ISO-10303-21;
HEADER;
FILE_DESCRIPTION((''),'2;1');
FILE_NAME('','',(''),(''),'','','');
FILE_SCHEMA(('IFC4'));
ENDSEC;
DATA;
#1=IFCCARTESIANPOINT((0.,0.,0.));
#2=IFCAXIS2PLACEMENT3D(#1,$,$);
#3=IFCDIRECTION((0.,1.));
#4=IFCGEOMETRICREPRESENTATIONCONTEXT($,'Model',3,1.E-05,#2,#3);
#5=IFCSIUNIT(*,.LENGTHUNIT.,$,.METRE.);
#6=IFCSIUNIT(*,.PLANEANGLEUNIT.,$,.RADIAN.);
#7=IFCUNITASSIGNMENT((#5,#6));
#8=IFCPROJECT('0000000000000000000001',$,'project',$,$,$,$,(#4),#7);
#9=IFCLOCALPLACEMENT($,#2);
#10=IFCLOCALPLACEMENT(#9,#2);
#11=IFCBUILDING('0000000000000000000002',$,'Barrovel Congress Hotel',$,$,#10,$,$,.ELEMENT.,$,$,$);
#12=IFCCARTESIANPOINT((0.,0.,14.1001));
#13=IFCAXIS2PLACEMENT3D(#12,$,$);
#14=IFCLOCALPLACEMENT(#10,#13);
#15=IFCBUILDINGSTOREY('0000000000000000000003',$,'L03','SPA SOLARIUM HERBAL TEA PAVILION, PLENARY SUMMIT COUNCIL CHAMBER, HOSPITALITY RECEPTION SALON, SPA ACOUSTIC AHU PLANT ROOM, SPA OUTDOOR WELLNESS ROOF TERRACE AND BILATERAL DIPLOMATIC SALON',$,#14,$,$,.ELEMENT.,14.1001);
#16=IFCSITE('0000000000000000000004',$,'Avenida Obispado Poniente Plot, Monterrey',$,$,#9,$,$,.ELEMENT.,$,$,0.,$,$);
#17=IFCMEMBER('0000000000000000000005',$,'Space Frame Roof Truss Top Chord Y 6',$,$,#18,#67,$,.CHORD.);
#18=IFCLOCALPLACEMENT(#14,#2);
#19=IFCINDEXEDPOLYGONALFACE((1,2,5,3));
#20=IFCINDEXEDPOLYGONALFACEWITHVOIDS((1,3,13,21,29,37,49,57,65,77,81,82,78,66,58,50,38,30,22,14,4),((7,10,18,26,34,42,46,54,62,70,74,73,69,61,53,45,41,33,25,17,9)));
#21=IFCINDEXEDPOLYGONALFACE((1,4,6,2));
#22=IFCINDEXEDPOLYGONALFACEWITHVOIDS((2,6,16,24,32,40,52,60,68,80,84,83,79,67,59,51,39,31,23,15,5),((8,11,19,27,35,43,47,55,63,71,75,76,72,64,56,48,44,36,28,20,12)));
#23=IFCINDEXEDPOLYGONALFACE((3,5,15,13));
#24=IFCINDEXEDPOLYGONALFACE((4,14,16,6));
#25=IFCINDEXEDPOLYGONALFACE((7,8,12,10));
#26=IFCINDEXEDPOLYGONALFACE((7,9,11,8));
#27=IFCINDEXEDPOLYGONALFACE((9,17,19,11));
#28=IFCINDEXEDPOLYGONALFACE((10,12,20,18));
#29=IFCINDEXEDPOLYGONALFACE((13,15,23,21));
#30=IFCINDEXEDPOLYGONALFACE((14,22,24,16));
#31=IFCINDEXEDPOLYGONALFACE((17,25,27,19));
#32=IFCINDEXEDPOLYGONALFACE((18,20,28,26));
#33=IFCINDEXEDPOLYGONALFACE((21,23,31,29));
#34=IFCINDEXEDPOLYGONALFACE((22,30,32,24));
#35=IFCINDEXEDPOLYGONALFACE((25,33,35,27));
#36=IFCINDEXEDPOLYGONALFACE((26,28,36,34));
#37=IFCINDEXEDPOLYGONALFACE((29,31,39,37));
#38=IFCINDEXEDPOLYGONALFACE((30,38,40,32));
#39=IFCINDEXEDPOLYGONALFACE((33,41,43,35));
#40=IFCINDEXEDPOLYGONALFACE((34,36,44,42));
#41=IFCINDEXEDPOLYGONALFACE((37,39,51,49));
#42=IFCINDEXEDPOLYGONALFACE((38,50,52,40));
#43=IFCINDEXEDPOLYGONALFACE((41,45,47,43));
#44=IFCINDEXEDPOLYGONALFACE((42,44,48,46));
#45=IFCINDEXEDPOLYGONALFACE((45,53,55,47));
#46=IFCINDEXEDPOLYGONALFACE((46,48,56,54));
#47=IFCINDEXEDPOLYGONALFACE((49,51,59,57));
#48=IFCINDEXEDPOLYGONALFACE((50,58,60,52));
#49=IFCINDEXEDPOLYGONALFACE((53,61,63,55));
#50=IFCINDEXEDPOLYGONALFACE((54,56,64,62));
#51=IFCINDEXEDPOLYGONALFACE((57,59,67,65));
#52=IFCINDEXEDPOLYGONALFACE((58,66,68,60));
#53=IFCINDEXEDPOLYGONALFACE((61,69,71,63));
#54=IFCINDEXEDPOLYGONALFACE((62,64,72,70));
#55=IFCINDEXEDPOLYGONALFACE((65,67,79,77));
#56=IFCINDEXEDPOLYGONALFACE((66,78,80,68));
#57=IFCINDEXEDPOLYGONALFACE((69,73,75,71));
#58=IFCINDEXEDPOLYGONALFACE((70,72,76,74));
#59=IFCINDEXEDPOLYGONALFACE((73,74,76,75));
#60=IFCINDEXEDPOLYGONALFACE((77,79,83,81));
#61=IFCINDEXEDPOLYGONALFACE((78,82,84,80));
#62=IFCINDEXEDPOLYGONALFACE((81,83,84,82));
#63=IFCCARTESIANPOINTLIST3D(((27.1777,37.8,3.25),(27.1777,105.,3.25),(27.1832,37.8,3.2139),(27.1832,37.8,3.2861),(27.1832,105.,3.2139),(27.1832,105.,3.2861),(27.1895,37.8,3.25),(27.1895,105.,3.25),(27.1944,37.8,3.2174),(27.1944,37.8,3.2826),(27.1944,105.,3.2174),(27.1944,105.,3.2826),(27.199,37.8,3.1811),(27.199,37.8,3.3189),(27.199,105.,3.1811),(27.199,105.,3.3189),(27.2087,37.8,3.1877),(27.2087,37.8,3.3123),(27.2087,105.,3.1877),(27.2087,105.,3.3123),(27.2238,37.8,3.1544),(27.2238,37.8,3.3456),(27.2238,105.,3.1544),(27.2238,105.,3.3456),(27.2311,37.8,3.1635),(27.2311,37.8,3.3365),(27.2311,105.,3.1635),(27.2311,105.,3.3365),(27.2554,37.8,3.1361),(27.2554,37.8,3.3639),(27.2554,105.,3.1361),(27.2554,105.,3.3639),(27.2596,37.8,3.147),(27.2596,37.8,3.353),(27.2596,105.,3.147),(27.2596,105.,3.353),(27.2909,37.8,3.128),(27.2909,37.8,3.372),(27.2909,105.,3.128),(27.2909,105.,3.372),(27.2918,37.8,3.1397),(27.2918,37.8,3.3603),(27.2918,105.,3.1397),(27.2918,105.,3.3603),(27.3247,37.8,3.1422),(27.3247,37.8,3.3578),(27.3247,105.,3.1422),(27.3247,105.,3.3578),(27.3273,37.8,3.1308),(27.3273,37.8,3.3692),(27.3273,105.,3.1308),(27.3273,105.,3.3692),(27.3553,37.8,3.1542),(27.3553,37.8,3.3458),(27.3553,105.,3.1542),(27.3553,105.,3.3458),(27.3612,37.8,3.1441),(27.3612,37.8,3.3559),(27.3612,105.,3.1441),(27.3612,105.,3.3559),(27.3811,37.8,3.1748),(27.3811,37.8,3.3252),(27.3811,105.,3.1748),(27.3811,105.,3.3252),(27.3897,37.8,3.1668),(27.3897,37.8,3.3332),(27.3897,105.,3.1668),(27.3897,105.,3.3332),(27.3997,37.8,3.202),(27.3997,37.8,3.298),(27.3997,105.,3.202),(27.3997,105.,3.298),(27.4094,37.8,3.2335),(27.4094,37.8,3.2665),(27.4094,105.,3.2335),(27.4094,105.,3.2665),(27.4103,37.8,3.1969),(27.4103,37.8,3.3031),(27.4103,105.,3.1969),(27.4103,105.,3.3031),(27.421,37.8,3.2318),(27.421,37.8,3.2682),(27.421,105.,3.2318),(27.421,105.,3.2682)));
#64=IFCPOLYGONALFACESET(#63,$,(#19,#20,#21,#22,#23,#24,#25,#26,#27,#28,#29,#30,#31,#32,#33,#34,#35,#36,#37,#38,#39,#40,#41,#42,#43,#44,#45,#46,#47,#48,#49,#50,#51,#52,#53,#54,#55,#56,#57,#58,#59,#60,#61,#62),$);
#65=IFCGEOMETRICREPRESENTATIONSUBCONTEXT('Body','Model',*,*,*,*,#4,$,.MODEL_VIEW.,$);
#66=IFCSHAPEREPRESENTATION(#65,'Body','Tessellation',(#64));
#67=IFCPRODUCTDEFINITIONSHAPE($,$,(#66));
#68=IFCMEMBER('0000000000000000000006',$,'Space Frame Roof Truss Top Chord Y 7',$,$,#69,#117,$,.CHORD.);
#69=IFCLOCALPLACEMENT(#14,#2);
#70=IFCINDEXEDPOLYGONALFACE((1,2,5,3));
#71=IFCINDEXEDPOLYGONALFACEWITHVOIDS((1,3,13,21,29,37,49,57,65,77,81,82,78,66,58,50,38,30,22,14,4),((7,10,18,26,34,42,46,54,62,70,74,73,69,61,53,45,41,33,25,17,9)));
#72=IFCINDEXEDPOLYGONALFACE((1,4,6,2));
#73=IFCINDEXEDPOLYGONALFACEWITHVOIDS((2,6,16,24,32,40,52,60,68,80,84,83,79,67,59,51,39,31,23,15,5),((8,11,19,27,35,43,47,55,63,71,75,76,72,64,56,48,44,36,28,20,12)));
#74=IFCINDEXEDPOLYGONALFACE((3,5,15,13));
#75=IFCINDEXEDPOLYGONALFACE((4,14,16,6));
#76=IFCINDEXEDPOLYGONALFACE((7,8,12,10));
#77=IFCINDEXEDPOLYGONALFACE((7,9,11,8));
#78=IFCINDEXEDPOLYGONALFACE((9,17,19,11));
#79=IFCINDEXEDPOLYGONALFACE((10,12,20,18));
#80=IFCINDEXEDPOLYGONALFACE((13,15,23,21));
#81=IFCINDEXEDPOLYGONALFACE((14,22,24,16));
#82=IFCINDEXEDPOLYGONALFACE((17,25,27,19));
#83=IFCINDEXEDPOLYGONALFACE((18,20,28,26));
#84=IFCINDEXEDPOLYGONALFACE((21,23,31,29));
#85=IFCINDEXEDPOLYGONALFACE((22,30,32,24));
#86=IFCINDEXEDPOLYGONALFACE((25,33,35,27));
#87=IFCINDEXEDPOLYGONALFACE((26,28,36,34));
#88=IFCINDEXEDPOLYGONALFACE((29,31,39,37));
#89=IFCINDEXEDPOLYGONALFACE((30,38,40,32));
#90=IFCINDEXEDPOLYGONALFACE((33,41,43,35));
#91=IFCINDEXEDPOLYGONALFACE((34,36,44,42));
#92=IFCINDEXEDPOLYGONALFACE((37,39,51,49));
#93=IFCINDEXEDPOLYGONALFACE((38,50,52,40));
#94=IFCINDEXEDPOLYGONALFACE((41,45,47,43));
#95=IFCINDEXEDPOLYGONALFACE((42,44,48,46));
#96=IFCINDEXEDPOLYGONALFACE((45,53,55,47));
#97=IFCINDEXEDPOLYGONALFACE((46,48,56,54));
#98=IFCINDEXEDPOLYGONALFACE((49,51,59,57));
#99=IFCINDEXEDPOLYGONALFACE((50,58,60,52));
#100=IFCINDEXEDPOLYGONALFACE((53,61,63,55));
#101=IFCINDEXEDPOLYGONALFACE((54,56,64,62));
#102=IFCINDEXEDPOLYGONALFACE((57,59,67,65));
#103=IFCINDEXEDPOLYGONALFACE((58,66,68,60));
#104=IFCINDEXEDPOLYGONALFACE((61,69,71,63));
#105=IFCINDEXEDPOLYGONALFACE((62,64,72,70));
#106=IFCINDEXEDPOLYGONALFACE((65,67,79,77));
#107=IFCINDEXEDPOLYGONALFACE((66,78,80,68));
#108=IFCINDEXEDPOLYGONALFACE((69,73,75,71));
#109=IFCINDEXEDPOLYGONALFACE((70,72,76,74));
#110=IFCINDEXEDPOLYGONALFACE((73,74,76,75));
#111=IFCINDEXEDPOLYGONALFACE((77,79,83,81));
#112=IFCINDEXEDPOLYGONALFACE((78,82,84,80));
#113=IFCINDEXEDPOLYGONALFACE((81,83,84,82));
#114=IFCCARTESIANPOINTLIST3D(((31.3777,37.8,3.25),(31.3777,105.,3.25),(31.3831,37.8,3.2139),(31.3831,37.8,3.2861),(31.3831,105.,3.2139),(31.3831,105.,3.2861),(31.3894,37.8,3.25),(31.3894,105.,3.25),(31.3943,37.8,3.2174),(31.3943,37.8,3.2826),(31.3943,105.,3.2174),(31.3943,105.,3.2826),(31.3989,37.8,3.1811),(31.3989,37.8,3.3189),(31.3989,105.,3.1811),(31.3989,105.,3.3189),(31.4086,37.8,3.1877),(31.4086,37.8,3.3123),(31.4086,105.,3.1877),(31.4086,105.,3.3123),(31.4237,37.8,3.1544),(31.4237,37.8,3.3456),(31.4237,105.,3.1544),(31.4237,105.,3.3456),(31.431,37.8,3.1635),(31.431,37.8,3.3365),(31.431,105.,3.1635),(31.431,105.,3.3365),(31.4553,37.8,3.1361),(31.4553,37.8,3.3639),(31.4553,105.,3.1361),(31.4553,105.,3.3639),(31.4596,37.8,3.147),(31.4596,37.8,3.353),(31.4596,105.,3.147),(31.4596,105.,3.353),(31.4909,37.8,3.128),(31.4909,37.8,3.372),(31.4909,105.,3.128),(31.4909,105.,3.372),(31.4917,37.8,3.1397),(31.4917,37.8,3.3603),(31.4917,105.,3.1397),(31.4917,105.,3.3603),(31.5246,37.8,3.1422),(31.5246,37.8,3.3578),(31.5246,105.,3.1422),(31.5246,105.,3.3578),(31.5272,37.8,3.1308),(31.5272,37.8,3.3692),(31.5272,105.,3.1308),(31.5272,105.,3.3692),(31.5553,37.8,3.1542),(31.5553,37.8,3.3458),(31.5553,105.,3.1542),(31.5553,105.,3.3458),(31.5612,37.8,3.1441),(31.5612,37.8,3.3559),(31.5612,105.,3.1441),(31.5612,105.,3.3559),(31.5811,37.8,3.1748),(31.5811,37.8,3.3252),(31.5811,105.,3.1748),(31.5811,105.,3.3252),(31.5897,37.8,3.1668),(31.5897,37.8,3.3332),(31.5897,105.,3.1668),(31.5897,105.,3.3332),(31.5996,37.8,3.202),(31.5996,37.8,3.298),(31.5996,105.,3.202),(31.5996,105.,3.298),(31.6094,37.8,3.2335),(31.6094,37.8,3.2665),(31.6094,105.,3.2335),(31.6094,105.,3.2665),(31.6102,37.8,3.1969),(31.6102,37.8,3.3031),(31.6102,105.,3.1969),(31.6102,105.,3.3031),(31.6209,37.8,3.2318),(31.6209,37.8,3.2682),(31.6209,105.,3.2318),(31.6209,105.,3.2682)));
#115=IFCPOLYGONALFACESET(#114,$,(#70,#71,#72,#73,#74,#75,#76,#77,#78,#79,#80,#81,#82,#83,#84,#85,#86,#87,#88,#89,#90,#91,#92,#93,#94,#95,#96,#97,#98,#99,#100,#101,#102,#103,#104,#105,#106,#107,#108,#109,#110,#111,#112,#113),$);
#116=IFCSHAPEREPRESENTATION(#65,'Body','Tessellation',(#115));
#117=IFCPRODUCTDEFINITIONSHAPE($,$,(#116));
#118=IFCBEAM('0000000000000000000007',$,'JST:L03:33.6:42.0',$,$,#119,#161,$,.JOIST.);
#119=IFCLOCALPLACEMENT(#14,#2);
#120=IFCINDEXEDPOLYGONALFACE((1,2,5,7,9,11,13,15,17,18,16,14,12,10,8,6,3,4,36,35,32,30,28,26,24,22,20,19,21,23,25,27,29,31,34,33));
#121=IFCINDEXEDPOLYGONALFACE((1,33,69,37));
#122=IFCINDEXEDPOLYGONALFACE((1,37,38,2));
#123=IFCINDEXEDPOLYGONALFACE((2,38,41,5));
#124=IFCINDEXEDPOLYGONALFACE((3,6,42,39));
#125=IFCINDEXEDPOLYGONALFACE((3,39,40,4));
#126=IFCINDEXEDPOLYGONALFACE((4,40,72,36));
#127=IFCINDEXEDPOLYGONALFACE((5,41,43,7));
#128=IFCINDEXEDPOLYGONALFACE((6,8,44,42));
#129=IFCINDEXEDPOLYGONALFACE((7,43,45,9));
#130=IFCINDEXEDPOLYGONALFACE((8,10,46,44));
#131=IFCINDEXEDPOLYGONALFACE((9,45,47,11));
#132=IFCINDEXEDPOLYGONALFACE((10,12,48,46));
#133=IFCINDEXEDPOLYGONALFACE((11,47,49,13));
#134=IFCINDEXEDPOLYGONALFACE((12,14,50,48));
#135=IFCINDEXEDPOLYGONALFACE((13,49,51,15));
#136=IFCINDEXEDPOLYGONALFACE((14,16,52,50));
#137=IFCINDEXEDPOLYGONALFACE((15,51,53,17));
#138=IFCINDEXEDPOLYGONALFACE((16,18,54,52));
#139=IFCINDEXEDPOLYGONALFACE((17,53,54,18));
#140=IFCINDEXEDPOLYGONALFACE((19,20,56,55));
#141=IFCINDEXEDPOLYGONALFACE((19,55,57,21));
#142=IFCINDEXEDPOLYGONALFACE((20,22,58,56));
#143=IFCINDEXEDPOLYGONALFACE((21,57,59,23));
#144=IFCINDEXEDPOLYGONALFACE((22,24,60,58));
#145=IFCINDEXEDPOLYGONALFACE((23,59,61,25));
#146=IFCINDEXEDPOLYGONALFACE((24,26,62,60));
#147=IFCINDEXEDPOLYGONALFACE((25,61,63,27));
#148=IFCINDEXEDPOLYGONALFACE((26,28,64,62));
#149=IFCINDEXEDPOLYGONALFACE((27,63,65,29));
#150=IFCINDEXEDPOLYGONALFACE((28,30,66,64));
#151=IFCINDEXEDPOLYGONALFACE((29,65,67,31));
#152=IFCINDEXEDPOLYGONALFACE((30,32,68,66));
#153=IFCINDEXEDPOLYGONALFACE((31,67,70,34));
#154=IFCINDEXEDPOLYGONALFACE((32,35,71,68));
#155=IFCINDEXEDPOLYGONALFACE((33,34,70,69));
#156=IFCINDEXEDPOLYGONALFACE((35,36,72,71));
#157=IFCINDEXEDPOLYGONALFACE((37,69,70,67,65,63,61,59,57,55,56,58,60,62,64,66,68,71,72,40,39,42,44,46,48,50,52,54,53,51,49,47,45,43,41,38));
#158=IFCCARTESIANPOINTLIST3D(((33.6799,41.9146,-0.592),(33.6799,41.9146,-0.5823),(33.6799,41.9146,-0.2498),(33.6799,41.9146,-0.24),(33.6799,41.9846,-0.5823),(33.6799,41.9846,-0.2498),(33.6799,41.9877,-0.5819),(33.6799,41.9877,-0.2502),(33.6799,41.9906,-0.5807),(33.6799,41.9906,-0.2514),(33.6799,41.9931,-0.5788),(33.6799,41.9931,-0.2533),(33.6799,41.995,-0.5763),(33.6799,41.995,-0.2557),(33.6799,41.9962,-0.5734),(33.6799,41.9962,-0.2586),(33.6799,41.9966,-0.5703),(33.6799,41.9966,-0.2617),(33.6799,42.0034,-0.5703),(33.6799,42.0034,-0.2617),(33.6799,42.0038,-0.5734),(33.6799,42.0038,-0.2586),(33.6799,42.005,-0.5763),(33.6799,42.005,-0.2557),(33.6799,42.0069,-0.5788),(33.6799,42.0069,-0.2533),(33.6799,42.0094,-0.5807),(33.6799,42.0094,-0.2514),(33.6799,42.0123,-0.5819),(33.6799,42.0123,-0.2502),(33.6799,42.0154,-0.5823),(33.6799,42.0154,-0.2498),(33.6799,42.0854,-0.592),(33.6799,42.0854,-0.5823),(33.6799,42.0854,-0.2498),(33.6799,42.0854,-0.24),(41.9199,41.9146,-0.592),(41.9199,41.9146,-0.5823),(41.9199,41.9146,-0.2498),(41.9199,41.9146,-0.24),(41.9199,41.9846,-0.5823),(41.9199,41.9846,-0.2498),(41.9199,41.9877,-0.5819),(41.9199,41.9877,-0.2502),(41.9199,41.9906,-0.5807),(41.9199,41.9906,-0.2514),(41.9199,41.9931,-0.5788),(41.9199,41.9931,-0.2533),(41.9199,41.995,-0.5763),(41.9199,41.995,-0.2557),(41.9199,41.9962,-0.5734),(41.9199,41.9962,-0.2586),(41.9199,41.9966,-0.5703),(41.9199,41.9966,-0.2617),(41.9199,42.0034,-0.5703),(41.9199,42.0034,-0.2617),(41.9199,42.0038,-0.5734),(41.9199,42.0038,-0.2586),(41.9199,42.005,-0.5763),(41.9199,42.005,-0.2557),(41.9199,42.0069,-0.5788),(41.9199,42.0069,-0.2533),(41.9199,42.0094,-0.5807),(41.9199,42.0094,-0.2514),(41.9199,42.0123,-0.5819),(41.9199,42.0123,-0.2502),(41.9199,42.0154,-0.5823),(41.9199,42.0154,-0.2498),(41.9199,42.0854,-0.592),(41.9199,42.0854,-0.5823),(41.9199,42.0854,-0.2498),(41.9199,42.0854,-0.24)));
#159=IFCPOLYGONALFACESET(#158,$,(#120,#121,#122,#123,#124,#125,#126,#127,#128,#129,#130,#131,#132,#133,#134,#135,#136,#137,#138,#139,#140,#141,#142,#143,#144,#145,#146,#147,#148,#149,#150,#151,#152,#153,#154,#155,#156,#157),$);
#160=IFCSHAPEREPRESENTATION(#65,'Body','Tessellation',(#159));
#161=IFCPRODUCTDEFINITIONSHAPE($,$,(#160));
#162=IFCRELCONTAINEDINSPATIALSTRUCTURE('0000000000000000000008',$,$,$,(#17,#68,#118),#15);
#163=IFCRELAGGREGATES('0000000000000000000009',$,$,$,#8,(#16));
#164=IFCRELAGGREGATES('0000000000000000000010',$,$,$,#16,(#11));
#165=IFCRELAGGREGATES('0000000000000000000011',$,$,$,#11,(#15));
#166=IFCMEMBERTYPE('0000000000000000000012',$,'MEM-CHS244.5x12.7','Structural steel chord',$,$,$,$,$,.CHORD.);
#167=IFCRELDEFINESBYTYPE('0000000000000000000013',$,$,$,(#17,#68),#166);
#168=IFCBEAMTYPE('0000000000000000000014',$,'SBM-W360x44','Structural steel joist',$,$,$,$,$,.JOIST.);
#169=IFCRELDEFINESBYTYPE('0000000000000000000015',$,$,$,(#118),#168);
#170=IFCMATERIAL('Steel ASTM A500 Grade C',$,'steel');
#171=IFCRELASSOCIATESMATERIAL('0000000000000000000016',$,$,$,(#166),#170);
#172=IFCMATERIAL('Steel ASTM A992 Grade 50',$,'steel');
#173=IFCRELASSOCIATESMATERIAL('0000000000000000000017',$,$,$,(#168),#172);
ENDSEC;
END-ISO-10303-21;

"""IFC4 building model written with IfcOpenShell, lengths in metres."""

from ifc_helpers import new_model, si_unit, direction, frame, origin, origin_2d, place, context, subcontext, project, spatial, hollow_circle, i_section, extrude, material, material_profile, profile_set, type_object, element, save


model = new_model("IFC4")

# Units and contexts
model_context = context("Model", 3, precision=1e-05, world=origin(), true_north=direction((0.0, 1.0)))
body_context = subcontext(model_context, "Body", "Model", "MODEL_VIEW")
ifc_project = project(units=[si_unit("LENGTHUNIT", "METRE"), si_unit("PLANEANGLEUNIT", "RADIAN")], contexts=[model_context])

# Site, building, storey
site_placement = place(None, origin())
site = spatial("IfcSite", under=ifc_project, at=site_placement, Name="Avenida Obispado Poniente Plot, Monterrey", CompositionType="ELEMENT", RefElevation=0.0)
building_placement = place(site_placement, origin())
building = spatial("IfcBuilding", under=site, at=building_placement, Name="Barrovel Congress Hotel", CompositionType="ELEMENT")
storey_placement = place(building_placement, frame((0.0, 0.0, 14.1001)))
storey = spatial("IfcBuildingStorey", under=building, at=storey_placement, Name="L03", Description="SPA SOLARIUM HERBAL TEA PAVILION, PLENARY SUMMIT COUNCIL CHAMBER, HOSPITALITY RECEPTION SALON, SPA ACOUSTIC AHU PLANT ROOM, SPA OUTDOOR WELLNESS ROOF TERRACE AND BILATERAL DIPLOMATIC SALON", CompositionType="ELEMENT", Elevation=14.1001)

# Members
ifc_material_1 = material(Name="Steel ASTM A500 Grade C", Category="steel")
ifc_material_profile_1 = material_profile(ifc_material_1, hollow_circle(Radius=0.1223, WallThickness=0.0117, at=origin_2d()), Name="CHS244.5x12.7")
ifc_profile_set_1 = profile_set([ifc_material_profile_1], Name="Steel ASTM A500 Grade C")
member_type_1 = type_object("IfcMemberType", Name="MEM-CHS244.5x12.7", Description="Structural steel chord", PredefinedType="CHORD", material=ifc_profile_set_1)
for number, where, z_axis, x_axis, name in (
    (1, (27.3, 37.8, 3.25), (0.0, 1.0, 0.0), (-1.0, 0.0, 0.0), "Space Frame Roof Truss Top Chord Y 6"),
    (2, (31.5, 37.8, 3.25), (0.0, 1.0, 0.0), (-1.0, 0.0, 0.0), "Space Frame Roof Truss Top Chord Y 7"),
):
    element("IfcMember", number, at=place(storey_placement, frame(where, z_axis=z_axis, x_axis=x_axis)), inside=storey, type_object=member_type_1, Name=name, PredefinedType="CHORD", context=body_context, shape_type="SweptSolid", body=[
        extrude(hollow_circle(Radius=0.1223, WallThickness=0.0117, at=origin_2d()), origin(), (0.0, 0.0, 1.0), 67.2),
    ])

# Beam
ifc_material_2 = material(Name="Steel ASTM A992 Grade 50", Category="steel")
ifc_material_profile_2 = material_profile(ifc_material_2, i_section(OverallWidth=0.1709, OverallDepth=0.3521, WebThickness=0.0068, FlangeThickness=0.0098, FilletRadius=0.012, at=origin_2d()), Name="W360x44")
ifc_profile_set_2 = profile_set([ifc_material_profile_2], Name="Steel ASTM A992 Grade 50")
beam_type_1 = type_object("IfcBeamType", Name="SBM-W360x44", Description="Structural steel joist", PredefinedType="JOIST", material=ifc_profile_set_2)
beam_1_placement = place(storey_placement, frame((33.6799, 42.0, -0.416), z_axis=(1.0, 0.0, 0.0), x_axis=(0.0, 1.0, 0.0)))
element("IfcBeam", 3, at=beam_1_placement, inside=storey, type_object=beam_type_1, Name="JST:L03:33.6:42.0", PredefinedType="JOIST", context=body_context, shape_type="SweptSolid", body=[
    extrude(i_section(OverallWidth=0.1709, OverallDepth=0.3521, WebThickness=0.0068, FlangeThickness=0.0098, FilletRadius=0.012, at=origin_2d()), origin(), (0.0, 0.0, 1.0), 8.24),
])

save(model, "model.ifc")
